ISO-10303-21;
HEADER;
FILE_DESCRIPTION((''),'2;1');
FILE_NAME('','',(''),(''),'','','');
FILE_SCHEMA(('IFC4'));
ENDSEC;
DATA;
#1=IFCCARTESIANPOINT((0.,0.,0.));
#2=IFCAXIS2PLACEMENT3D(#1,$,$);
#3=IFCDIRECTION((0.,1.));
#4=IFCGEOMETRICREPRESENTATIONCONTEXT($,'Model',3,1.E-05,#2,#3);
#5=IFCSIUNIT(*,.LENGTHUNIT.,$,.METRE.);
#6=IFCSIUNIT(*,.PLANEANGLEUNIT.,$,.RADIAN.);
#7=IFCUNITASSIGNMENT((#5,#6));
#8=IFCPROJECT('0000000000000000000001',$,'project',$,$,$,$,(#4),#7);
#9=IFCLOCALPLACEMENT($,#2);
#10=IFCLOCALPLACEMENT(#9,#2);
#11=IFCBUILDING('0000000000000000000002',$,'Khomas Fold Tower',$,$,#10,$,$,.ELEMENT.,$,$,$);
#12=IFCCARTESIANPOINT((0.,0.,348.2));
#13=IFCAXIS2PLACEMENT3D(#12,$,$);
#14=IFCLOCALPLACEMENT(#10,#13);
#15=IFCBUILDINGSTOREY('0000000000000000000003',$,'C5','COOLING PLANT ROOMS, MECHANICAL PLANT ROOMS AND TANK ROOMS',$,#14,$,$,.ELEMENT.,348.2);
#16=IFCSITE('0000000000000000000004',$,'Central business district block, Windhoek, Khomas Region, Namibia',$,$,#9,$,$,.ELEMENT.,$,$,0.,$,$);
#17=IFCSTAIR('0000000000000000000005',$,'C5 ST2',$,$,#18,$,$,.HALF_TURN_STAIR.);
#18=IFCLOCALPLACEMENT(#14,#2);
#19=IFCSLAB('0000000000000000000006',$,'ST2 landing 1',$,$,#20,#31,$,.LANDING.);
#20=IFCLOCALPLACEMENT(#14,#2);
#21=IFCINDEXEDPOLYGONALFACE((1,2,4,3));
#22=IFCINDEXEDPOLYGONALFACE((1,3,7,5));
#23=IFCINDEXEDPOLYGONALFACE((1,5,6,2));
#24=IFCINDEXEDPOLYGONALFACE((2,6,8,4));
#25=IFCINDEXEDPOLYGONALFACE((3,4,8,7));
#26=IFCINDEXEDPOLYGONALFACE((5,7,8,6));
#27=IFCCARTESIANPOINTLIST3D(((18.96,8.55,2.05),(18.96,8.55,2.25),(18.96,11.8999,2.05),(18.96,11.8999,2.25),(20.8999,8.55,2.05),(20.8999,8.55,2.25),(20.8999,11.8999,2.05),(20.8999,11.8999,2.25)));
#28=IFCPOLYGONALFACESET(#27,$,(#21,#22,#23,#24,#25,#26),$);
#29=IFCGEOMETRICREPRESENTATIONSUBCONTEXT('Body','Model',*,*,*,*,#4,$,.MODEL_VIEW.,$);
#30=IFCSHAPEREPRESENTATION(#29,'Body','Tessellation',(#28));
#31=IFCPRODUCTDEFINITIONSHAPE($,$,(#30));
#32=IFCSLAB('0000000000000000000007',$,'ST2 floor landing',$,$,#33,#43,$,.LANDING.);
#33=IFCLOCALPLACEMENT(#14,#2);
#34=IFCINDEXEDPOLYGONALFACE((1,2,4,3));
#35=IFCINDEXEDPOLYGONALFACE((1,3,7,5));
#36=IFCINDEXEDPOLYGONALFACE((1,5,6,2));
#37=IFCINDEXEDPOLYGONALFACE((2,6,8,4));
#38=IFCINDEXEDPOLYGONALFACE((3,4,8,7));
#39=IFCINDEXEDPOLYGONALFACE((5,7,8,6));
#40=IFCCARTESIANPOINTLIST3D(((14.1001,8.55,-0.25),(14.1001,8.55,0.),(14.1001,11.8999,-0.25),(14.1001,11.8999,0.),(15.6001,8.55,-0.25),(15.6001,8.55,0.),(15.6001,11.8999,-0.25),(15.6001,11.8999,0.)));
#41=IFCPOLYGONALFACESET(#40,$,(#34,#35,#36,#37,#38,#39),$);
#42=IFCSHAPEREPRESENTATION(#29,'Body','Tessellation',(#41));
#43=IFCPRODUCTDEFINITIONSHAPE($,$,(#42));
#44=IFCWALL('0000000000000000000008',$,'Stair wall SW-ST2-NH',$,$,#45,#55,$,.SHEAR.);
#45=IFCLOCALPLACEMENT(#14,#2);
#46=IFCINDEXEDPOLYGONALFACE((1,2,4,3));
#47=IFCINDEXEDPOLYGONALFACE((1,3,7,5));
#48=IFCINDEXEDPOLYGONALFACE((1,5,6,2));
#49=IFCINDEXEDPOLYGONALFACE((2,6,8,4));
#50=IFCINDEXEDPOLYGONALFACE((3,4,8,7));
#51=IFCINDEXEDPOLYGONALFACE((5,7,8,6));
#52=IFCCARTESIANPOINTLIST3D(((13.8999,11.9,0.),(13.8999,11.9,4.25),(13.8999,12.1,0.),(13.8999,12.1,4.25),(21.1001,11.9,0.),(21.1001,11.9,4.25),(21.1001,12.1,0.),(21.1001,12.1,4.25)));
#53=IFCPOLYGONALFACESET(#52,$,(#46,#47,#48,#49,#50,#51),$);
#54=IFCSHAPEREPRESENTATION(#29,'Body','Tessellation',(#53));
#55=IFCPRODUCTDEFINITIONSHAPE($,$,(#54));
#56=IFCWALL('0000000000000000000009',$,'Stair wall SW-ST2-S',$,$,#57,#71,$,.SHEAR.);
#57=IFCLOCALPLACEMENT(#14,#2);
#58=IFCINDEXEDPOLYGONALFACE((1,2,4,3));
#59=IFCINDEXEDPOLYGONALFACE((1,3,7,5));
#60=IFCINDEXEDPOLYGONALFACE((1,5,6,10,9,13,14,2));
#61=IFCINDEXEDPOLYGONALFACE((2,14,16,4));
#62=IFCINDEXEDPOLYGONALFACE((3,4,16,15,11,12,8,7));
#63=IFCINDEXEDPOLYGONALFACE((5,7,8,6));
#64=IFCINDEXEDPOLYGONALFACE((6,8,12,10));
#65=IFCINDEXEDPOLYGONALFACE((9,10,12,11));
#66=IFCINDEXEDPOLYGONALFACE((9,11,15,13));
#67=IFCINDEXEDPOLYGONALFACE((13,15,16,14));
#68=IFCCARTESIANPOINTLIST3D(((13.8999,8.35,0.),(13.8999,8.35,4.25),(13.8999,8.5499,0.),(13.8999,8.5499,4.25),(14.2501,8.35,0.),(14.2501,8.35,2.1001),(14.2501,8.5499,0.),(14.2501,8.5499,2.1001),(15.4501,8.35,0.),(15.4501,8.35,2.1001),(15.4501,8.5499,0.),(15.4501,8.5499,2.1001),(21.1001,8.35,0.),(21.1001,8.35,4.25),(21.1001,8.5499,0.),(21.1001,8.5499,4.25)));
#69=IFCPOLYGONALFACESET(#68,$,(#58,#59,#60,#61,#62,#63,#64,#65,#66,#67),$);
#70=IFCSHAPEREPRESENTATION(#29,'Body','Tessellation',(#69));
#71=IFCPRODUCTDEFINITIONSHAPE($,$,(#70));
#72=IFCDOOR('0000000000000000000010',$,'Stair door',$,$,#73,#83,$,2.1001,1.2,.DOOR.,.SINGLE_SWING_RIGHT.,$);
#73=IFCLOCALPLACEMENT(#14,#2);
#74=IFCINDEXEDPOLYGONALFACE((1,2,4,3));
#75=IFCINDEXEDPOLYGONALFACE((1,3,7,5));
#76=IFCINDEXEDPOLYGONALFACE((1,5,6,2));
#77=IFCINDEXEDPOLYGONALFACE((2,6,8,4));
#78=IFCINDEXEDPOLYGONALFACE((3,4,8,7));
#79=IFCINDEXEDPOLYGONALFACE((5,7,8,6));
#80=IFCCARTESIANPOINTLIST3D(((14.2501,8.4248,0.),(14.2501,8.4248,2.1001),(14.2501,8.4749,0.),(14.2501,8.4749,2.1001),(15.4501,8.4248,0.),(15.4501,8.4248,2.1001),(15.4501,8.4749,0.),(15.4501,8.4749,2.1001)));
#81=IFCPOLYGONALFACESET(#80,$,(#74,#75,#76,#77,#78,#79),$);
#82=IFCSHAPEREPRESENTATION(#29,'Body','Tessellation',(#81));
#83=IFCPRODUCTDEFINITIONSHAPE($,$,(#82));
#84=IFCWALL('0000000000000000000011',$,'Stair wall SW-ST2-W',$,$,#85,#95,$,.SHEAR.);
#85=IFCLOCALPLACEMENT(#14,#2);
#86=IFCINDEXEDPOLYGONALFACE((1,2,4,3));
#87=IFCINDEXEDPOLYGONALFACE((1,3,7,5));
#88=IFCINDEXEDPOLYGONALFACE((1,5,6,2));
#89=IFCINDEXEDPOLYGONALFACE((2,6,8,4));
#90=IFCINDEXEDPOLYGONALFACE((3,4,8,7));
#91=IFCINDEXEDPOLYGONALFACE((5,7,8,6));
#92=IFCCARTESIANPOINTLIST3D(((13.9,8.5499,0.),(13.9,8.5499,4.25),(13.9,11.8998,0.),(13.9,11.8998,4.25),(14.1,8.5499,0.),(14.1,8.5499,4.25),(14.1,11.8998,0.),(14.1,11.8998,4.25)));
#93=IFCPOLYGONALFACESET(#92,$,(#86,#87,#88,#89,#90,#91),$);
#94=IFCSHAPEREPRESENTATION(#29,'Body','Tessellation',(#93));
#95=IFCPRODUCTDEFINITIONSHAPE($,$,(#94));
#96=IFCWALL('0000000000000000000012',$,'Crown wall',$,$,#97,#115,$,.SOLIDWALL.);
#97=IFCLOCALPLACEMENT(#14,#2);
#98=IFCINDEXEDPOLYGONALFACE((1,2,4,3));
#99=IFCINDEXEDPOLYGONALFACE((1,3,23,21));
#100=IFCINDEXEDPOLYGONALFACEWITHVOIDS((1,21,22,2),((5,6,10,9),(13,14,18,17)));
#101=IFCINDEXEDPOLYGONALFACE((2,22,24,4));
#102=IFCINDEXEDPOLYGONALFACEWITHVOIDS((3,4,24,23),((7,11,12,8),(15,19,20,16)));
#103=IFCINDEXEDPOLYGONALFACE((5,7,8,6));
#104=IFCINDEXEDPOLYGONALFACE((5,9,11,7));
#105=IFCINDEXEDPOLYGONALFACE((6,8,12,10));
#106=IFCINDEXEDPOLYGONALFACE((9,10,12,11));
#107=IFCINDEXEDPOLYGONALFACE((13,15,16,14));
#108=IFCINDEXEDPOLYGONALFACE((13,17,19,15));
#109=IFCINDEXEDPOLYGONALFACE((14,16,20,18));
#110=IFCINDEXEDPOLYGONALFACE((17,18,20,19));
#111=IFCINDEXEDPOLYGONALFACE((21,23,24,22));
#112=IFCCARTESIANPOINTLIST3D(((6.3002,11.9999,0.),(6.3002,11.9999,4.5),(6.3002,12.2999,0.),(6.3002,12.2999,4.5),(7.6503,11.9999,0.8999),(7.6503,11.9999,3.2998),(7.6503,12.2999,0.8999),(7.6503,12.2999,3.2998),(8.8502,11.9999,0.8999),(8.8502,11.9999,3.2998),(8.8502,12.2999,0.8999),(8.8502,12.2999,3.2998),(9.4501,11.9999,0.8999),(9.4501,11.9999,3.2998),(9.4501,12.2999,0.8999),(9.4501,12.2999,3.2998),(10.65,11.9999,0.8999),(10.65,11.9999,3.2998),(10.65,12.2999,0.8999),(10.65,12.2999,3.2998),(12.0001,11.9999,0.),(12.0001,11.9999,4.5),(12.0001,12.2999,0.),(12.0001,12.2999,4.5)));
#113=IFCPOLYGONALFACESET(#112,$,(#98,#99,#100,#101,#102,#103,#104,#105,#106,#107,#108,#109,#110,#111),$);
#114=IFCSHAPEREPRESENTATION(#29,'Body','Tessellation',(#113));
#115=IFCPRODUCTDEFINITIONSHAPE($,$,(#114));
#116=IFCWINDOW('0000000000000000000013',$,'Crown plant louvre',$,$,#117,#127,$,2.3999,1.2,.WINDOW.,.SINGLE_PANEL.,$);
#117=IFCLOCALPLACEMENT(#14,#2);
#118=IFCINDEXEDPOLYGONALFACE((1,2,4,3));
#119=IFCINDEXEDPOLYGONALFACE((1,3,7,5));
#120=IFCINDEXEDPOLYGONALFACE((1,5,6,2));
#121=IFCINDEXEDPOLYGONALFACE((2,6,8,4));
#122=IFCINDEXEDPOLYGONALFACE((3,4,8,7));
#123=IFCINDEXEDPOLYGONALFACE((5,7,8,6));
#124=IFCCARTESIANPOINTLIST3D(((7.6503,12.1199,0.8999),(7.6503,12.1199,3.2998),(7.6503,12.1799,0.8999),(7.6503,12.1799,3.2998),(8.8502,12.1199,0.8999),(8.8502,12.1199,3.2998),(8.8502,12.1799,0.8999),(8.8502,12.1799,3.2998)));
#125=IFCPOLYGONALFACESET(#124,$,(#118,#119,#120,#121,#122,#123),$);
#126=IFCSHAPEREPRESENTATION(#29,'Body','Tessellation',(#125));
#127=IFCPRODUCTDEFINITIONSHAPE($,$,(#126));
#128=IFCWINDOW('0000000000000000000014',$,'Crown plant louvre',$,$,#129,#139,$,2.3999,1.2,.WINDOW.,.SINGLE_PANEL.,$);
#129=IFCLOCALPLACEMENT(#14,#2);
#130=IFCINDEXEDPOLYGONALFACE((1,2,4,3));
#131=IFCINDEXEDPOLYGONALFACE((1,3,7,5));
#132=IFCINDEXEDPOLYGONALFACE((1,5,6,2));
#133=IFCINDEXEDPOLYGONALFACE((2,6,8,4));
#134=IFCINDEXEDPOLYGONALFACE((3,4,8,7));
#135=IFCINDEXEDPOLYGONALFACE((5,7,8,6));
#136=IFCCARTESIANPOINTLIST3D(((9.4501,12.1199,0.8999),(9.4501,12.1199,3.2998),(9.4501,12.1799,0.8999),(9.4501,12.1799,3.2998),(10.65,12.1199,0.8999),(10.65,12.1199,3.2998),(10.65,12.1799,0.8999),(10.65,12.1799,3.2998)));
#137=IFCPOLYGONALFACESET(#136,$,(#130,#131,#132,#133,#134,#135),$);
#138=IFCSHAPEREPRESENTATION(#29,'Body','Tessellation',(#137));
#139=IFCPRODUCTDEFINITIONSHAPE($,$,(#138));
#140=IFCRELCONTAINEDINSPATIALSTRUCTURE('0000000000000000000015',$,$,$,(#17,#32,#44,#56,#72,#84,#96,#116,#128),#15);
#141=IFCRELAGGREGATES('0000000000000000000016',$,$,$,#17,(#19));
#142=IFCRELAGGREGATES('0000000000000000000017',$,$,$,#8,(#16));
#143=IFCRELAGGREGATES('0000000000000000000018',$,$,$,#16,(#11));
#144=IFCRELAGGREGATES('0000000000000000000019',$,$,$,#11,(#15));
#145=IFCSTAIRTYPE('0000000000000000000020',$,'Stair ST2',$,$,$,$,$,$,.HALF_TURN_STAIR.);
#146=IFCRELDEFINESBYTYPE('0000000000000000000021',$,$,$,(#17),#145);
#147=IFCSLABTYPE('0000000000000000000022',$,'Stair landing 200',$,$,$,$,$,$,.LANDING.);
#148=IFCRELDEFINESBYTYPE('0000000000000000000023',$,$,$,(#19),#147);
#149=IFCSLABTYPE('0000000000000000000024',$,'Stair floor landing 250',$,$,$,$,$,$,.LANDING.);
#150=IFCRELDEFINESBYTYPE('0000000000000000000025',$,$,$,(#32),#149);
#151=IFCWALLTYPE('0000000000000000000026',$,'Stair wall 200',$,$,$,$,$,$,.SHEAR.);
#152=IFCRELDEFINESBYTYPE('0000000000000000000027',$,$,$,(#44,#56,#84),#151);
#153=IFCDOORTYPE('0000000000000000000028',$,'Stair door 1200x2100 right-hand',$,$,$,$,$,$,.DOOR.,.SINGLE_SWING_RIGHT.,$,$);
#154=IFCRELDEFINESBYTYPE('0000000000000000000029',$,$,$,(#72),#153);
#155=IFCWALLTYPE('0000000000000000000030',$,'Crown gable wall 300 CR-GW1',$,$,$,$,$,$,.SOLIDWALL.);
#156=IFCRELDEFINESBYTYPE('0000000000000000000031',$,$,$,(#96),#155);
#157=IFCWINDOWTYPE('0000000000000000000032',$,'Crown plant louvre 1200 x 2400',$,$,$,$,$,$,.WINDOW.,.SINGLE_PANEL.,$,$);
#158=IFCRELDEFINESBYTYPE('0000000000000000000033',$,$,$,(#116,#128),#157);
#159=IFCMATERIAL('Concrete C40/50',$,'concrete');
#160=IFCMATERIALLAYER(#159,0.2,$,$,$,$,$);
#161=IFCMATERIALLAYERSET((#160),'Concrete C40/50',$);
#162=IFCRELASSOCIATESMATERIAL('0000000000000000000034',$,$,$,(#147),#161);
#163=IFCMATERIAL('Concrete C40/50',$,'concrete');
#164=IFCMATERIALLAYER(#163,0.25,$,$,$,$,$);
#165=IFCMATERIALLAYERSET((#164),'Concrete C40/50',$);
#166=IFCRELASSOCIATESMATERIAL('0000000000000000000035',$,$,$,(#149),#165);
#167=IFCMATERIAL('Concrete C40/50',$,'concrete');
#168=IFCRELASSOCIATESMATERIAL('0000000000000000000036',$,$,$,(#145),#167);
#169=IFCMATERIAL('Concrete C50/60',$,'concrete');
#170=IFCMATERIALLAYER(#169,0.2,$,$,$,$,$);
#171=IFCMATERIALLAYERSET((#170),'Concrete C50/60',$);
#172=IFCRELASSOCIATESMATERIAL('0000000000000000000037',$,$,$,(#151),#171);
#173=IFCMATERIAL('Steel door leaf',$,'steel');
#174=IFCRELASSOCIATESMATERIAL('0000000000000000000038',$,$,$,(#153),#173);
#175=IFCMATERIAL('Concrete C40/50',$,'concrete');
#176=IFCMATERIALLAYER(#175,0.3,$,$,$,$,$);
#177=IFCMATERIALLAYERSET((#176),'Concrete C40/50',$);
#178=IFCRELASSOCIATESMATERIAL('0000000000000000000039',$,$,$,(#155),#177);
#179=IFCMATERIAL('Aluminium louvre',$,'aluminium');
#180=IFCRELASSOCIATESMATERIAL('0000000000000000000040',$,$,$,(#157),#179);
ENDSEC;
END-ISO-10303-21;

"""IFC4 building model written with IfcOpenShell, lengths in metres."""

from ifc_helpers import new_model, si_unit, direction, frame, frame_2d, origin, place, context, subcontext, project, spatial, polyline, rectangle, outline, extrude, source, transform, mapped, material, layer, layer_set, type_object, element, fill, aggregate, save


model = new_model("IFC4")

# Units and contexts
model_context = context("Model", 3, precision=1e-05, world=origin(), true_north=direction((0.0, 1.0)))
body_context = subcontext(model_context, "Body", "Model", "MODEL_VIEW")
ifc_project = project(units=[si_unit("LENGTHUNIT", "METRE"), si_unit("PLANEANGLEUNIT", "RADIAN")], contexts=[model_context])

# Site, building, storey
site_placement = place(None, origin())
site = spatial("IfcSite", under=ifc_project, at=site_placement, Name="Central business district block, Windhoek, Khomas Region, Namibia", CompositionType="ELEMENT", RefElevation=0.0)
building_placement = place(site_placement, origin())
building = spatial("IfcBuilding", under=site, at=building_placement, Name="Khomas Fold Tower", CompositionType="ELEMENT")
storey_placement = place(building_placement, frame((0.0, 0.0, 348.2)))
storey = spatial("IfcBuildingStorey", under=building, at=storey_placement, Name="C5", Description="COOLING PLANT ROOMS, MECHANICAL PLANT ROOMS AND TANK ROOMS", CompositionType="ELEMENT", Elevation=348.2)

# Shared definitions
ifc_material_1 = material(Name="Concrete C40/50", Category="concrete")
ifc_layer_1 = layer(ifc_material_1, 0.2)
ifc_layer_set_1 = layer_set([ifc_layer_1], Name="Concrete C40/50")
slab_type_1 = type_object("IfcSlabType", Name="Stair landing 200", PredefinedType="LANDING", material=ifc_layer_set_1)

# Shared definitions
ifc_material_2 = material(Name="Concrete C40/50", Category="concrete")
ifc_layer_2 = layer(ifc_material_2, 0.25)
ifc_layer_set_2 = layer_set([ifc_layer_2], Name="Concrete C40/50")
slab_type_2 = type_object("IfcSlabType", Name="Stair floor landing 250", PredefinedType="LANDING", material=ifc_layer_set_2)

# Stair, slab
ifc_material_3 = material(Name="Concrete C40/50", Category="concrete")
stair_type_1 = type_object("IfcStairType", Name="Stair ST2", PredefinedType="HALF_TURN_STAIR", material=ifc_material_3)
stair_1_placement = place(storey_placement, origin())
stair_1 = element("IfcStair", 1, at=stair_1_placement, inside=storey, type_object=stair_type_1, Name="C5 ST2", PredefinedType="HALF_TURN_STAIR")
shared_shape_1 = source(origin(), body_context, "Body", "SweptSolid", [
    extrude(outline(polyline([(18.96, 8.55), (20.8999, 8.55), (20.8999, 11.8999), (18.96, 11.8999), (18.96, 8.55)])), origin(), (0.0, 0.0, 1.0), 0.2),
])
slab_1_placement = place(storey_placement, frame((0.0, 0.0, 2.05)))
slab_1 = element("IfcSlab", 2, at=slab_1_placement, type_object=slab_type_1, Name="ST2 landing 1", PredefinedType="LANDING", context=body_context, shape_type="MappedRepresentation", body=[
    mapped(shared_shape_1, transform((0.0, 0.0, 0.0))),
])
aggregate(stair_1, [slab_1])

# Slab
shared_shape_2 = source(origin(), body_context, "Body", "SweptSolid", [
    extrude(outline(polyline([(14.1001, 11.8999), (15.6001, 11.8999), (15.6001, 8.55), (14.1001, 8.55), (14.1001, 11.8999)])), origin(), (0.0, 0.0, 1.0), 0.25),
])
slab_2_placement = place(storey_placement, frame((0.0, 0.0, -0.25)))
element("IfcSlab", 3, at=slab_2_placement, inside=storey, type_object=slab_type_2, Name="ST2 floor landing", PredefinedType="LANDING", context=body_context, shape_type="MappedRepresentation", body=[
    mapped(shared_shape_2, transform((0.0, 0.0, 0.0))),
])

# Wall
ifc_material_4 = material(Name="Concrete C50/60", Category="concrete")
ifc_layer_3 = layer(ifc_material_4, 0.2)
ifc_layer_set_3 = layer_set([ifc_layer_3], Name="Concrete C50/60")
wall_type_1 = type_object("IfcWallType", Name="Stair wall 200", PredefinedType="SHEAR", material=ifc_layer_set_3)
shared_shape_3 = source(origin(), body_context, "Body", "SweptSolid", [
    extrude(rectangle(XDim=7.2002, YDim=0.2, at=frame_2d((3.6001, 0.0))), origin(), (0.0, 0.0, 1.0), 4.25),
])
wall_1_placement = place(storey_placement, frame((13.8999, 12.0, 0.0), z_axis=(0.0, 0.0, 1.0), x_axis=(1.0, 0.0, 0.0)))
element("IfcWall", 4, at=wall_1_placement, inside=storey, type_object=wall_type_1, Name="Stair wall SW-ST2-NH", PredefinedType="SHEAR", context=body_context, shape_type="MappedRepresentation", body=[
    mapped(shared_shape_3, transform((0.0, 0.0, 0.0))),
])

# Wall, opening, door
wall_2_placement = place(storey_placement, frame((13.8999, 8.45, 0.0), z_axis=(0.0, 0.0, 1.0), x_axis=(1.0, 0.0, 0.0)))
wall_2 = element("IfcWall", 5, at=wall_2_placement, inside=storey, type_object=wall_type_1, Name="Stair wall SW-ST2-S", PredefinedType="SHEAR", context=body_context, shape_type="MappedRepresentation", body=[
    mapped(shared_shape_3, transform((0.0, 0.0, 0.0))),
])
shared_shape_4 = source(origin(), body_context, "Body", "SweptSolid", [
    extrude(rectangle(XDim=1.2, YDim=2.1001, at=frame_2d((0.6001, 1.05))), frame((0.0, 0.1099, 0.0), z_axis=(0.0, -1.0, 0.0), x_axis=(1.0, 0.0, 0.0)), (0.0, 0.0, 1.0), 0.22),
])
opening_1_placement = place(wall_2_placement, frame((0.3501, 0.0, 0.0)))
opening_1 = element("IfcOpeningElement", 6, at=opening_1_placement, cuts=wall_2, PredefinedType="OPENING", context=body_context, shape_type="MappedRepresentation", body=[
    mapped(shared_shape_4, transform((0.0, 0.0, 0.0))),
])
ifc_material_5 = material(Name="Steel door leaf", Category="steel")
door_type = type_object("IfcDoorType", Name="Stair door 1200x2100 right-hand", OperationType="SINGLE_SWING_RIGHT", PredefinedType="DOOR", material=ifc_material_5)
shared_shape_5 = source(origin(), body_context, "Body", "SweptSolid", [
    extrude(rectangle(XDim=1.2, YDim=2.1001, at=frame_2d((0.6001, 1.05))), frame((0.0, 0.0249, 0.0), z_axis=(0.0, -1.0, 0.0), x_axis=(1.0, 0.0, 0.0)), (0.0, 0.0, 1.0), 0.05),
])
door_placement = place(opening_1_placement, origin())
door = element("IfcDoor", 7, at=door_placement, inside=storey, type_object=door_type, Name="Stair door", OperationType="SINGLE_SWING_RIGHT", OverallHeight=2.1001, OverallWidth=1.2, PredefinedType="DOOR", context=body_context, shape_type="MappedRepresentation", body=[
    mapped(shared_shape_5, transform((0.0, 0.0, 0.0))),
])
fill(opening_1, door)

# Wall
shared_shape_6 = source(origin(), body_context, "Body", "SweptSolid", [
    extrude(rectangle(XDim=3.3499, YDim=0.2, at=frame_2d((1.6748, 0.0))), origin(), (0.0, 0.0, 1.0), 4.25),
])
wall_3_placement = place(storey_placement, frame((14.0, 8.55, 0.0), z_axis=(0.0, 0.0, 1.0), x_axis=(0.0, 1.0, 0.0)))
element("IfcWall", 8, at=wall_3_placement, inside=storey, type_object=wall_type_1, Name="Stair wall SW-ST2-W", PredefinedType="SHEAR", context=body_context, shape_type="MappedRepresentation", body=[
    mapped(shared_shape_6, transform((0.0, 0.0, 0.0))),
])

# Wall, openings, windows
ifc_material_6 = material(Name="Concrete C40/50", Category="concrete")
ifc_layer_4 = layer(ifc_material_6, 0.3)
ifc_layer_set_4 = layer_set([ifc_layer_4], Name="Concrete C40/50")
wall_type_2 = type_object("IfcWallType", Name="Crown gable wall 300 CR-GW1", PredefinedType="SOLIDWALL", material=ifc_layer_set_4)
shared_shape_7 = source(origin(), body_context, "Body", "SweptSolid", [
    extrude(rectangle(XDim=5.7, YDim=0.3, at=frame_2d((2.8501, 0.0))), origin(), (0.0, 0.0, 1.0), 4.5),
])
wall_4_placement = place(storey_placement, frame((6.3, 12.1499, 0.0), z_axis=(0.0, 0.0, 1.0), x_axis=(1.0, 0.0, 0.0)))
wall_4 = element("IfcWall", 9, at=wall_4_placement, inside=storey, type_object=wall_type_2, Name="Crown wall", PredefinedType="SOLIDWALL", context=body_context, shape_type="MappedRepresentation", body=[
    mapped(shared_shape_7, transform((0.0, 0.0, 0.0))),
])
shared_shape_8 = source(origin(), body_context, "Body", "SweptSolid", [
    extrude(rectangle(XDim=1.2, YDim=2.3999, at=frame_2d((0.6001, 1.2))), frame((0.0, 0.1599, 0.0), z_axis=(0.0, -1.0, 0.0), x_axis=(1.0, 0.0, 0.0)), (0.0, 0.0, 1.0), 0.3201),
])
opening_2_placement = place(wall_4_placement, frame((1.3501, 0.0, 0.8999)))
opening_2 = element("IfcOpeningElement", 10, at=opening_2_placement, cuts=wall_4, PredefinedType="OPENING", context=body_context, shape_type="MappedRepresentation", body=[
    mapped(shared_shape_8, transform((0.0, 0.0, 0.0))),
])
opening_3_placement = place(wall_4_placement, frame((3.1499, 0.0, 0.8999)))
opening_3 = element("IfcOpeningElement", 11, at=opening_3_placement, cuts=wall_4, PredefinedType="OPENING", context=body_context, shape_type="MappedRepresentation", body=[
    mapped(shared_shape_8, transform((0.0, 0.0, 0.0))),
])
ifc_material_7 = material(Name="Aluminium louvre", Category="aluminium")
window_type = type_object("IfcWindowType", Name="Crown plant louvre 1200 x 2400", PartitioningType="SINGLE_PANEL", PredefinedType="WINDOW", material=ifc_material_7)
shared_shape_9 = source(origin(), body_context, "Body", "SweptSolid", [
    extrude(rectangle(XDim=1.2, YDim=2.3999, at=frame_2d((0.6001, 1.2))), frame((0.0, 0.03, 0.0), z_axis=(0.0, -1.0, 0.0), x_axis=(1.0, 0.0, 0.0)), (0.0, 0.0, 1.0), 0.0601),
])
window_1_placement = place(opening_2_placement, origin())
window_1 = element("IfcWindow", 12, at=window_1_placement, inside=storey, type_object=window_type, Name="Crown plant louvre", OverallHeight=2.3999, OverallWidth=1.2, PartitioningType="SINGLE_PANEL", PredefinedType="WINDOW", context=body_context, shape_type="MappedRepresentation", body=[
    mapped(shared_shape_9, transform((0.0, 0.0, 0.0))),
])
fill(opening_2, window_1)
window_2_placement = place(opening_3_placement, origin())
window_2 = element("IfcWindow", 13, at=window_2_placement, inside=storey, type_object=window_type, Name="Crown plant louvre", OverallHeight=2.3999, OverallWidth=1.2, PartitioningType="SINGLE_PANEL", PredefinedType="WINDOW", context=body_context, shape_type="MappedRepresentation", body=[
    mapped(shared_shape_9, transform((0.0, 0.0, 0.0))),
])
fill(opening_3, window_2)

save(model, "model.ifc")
